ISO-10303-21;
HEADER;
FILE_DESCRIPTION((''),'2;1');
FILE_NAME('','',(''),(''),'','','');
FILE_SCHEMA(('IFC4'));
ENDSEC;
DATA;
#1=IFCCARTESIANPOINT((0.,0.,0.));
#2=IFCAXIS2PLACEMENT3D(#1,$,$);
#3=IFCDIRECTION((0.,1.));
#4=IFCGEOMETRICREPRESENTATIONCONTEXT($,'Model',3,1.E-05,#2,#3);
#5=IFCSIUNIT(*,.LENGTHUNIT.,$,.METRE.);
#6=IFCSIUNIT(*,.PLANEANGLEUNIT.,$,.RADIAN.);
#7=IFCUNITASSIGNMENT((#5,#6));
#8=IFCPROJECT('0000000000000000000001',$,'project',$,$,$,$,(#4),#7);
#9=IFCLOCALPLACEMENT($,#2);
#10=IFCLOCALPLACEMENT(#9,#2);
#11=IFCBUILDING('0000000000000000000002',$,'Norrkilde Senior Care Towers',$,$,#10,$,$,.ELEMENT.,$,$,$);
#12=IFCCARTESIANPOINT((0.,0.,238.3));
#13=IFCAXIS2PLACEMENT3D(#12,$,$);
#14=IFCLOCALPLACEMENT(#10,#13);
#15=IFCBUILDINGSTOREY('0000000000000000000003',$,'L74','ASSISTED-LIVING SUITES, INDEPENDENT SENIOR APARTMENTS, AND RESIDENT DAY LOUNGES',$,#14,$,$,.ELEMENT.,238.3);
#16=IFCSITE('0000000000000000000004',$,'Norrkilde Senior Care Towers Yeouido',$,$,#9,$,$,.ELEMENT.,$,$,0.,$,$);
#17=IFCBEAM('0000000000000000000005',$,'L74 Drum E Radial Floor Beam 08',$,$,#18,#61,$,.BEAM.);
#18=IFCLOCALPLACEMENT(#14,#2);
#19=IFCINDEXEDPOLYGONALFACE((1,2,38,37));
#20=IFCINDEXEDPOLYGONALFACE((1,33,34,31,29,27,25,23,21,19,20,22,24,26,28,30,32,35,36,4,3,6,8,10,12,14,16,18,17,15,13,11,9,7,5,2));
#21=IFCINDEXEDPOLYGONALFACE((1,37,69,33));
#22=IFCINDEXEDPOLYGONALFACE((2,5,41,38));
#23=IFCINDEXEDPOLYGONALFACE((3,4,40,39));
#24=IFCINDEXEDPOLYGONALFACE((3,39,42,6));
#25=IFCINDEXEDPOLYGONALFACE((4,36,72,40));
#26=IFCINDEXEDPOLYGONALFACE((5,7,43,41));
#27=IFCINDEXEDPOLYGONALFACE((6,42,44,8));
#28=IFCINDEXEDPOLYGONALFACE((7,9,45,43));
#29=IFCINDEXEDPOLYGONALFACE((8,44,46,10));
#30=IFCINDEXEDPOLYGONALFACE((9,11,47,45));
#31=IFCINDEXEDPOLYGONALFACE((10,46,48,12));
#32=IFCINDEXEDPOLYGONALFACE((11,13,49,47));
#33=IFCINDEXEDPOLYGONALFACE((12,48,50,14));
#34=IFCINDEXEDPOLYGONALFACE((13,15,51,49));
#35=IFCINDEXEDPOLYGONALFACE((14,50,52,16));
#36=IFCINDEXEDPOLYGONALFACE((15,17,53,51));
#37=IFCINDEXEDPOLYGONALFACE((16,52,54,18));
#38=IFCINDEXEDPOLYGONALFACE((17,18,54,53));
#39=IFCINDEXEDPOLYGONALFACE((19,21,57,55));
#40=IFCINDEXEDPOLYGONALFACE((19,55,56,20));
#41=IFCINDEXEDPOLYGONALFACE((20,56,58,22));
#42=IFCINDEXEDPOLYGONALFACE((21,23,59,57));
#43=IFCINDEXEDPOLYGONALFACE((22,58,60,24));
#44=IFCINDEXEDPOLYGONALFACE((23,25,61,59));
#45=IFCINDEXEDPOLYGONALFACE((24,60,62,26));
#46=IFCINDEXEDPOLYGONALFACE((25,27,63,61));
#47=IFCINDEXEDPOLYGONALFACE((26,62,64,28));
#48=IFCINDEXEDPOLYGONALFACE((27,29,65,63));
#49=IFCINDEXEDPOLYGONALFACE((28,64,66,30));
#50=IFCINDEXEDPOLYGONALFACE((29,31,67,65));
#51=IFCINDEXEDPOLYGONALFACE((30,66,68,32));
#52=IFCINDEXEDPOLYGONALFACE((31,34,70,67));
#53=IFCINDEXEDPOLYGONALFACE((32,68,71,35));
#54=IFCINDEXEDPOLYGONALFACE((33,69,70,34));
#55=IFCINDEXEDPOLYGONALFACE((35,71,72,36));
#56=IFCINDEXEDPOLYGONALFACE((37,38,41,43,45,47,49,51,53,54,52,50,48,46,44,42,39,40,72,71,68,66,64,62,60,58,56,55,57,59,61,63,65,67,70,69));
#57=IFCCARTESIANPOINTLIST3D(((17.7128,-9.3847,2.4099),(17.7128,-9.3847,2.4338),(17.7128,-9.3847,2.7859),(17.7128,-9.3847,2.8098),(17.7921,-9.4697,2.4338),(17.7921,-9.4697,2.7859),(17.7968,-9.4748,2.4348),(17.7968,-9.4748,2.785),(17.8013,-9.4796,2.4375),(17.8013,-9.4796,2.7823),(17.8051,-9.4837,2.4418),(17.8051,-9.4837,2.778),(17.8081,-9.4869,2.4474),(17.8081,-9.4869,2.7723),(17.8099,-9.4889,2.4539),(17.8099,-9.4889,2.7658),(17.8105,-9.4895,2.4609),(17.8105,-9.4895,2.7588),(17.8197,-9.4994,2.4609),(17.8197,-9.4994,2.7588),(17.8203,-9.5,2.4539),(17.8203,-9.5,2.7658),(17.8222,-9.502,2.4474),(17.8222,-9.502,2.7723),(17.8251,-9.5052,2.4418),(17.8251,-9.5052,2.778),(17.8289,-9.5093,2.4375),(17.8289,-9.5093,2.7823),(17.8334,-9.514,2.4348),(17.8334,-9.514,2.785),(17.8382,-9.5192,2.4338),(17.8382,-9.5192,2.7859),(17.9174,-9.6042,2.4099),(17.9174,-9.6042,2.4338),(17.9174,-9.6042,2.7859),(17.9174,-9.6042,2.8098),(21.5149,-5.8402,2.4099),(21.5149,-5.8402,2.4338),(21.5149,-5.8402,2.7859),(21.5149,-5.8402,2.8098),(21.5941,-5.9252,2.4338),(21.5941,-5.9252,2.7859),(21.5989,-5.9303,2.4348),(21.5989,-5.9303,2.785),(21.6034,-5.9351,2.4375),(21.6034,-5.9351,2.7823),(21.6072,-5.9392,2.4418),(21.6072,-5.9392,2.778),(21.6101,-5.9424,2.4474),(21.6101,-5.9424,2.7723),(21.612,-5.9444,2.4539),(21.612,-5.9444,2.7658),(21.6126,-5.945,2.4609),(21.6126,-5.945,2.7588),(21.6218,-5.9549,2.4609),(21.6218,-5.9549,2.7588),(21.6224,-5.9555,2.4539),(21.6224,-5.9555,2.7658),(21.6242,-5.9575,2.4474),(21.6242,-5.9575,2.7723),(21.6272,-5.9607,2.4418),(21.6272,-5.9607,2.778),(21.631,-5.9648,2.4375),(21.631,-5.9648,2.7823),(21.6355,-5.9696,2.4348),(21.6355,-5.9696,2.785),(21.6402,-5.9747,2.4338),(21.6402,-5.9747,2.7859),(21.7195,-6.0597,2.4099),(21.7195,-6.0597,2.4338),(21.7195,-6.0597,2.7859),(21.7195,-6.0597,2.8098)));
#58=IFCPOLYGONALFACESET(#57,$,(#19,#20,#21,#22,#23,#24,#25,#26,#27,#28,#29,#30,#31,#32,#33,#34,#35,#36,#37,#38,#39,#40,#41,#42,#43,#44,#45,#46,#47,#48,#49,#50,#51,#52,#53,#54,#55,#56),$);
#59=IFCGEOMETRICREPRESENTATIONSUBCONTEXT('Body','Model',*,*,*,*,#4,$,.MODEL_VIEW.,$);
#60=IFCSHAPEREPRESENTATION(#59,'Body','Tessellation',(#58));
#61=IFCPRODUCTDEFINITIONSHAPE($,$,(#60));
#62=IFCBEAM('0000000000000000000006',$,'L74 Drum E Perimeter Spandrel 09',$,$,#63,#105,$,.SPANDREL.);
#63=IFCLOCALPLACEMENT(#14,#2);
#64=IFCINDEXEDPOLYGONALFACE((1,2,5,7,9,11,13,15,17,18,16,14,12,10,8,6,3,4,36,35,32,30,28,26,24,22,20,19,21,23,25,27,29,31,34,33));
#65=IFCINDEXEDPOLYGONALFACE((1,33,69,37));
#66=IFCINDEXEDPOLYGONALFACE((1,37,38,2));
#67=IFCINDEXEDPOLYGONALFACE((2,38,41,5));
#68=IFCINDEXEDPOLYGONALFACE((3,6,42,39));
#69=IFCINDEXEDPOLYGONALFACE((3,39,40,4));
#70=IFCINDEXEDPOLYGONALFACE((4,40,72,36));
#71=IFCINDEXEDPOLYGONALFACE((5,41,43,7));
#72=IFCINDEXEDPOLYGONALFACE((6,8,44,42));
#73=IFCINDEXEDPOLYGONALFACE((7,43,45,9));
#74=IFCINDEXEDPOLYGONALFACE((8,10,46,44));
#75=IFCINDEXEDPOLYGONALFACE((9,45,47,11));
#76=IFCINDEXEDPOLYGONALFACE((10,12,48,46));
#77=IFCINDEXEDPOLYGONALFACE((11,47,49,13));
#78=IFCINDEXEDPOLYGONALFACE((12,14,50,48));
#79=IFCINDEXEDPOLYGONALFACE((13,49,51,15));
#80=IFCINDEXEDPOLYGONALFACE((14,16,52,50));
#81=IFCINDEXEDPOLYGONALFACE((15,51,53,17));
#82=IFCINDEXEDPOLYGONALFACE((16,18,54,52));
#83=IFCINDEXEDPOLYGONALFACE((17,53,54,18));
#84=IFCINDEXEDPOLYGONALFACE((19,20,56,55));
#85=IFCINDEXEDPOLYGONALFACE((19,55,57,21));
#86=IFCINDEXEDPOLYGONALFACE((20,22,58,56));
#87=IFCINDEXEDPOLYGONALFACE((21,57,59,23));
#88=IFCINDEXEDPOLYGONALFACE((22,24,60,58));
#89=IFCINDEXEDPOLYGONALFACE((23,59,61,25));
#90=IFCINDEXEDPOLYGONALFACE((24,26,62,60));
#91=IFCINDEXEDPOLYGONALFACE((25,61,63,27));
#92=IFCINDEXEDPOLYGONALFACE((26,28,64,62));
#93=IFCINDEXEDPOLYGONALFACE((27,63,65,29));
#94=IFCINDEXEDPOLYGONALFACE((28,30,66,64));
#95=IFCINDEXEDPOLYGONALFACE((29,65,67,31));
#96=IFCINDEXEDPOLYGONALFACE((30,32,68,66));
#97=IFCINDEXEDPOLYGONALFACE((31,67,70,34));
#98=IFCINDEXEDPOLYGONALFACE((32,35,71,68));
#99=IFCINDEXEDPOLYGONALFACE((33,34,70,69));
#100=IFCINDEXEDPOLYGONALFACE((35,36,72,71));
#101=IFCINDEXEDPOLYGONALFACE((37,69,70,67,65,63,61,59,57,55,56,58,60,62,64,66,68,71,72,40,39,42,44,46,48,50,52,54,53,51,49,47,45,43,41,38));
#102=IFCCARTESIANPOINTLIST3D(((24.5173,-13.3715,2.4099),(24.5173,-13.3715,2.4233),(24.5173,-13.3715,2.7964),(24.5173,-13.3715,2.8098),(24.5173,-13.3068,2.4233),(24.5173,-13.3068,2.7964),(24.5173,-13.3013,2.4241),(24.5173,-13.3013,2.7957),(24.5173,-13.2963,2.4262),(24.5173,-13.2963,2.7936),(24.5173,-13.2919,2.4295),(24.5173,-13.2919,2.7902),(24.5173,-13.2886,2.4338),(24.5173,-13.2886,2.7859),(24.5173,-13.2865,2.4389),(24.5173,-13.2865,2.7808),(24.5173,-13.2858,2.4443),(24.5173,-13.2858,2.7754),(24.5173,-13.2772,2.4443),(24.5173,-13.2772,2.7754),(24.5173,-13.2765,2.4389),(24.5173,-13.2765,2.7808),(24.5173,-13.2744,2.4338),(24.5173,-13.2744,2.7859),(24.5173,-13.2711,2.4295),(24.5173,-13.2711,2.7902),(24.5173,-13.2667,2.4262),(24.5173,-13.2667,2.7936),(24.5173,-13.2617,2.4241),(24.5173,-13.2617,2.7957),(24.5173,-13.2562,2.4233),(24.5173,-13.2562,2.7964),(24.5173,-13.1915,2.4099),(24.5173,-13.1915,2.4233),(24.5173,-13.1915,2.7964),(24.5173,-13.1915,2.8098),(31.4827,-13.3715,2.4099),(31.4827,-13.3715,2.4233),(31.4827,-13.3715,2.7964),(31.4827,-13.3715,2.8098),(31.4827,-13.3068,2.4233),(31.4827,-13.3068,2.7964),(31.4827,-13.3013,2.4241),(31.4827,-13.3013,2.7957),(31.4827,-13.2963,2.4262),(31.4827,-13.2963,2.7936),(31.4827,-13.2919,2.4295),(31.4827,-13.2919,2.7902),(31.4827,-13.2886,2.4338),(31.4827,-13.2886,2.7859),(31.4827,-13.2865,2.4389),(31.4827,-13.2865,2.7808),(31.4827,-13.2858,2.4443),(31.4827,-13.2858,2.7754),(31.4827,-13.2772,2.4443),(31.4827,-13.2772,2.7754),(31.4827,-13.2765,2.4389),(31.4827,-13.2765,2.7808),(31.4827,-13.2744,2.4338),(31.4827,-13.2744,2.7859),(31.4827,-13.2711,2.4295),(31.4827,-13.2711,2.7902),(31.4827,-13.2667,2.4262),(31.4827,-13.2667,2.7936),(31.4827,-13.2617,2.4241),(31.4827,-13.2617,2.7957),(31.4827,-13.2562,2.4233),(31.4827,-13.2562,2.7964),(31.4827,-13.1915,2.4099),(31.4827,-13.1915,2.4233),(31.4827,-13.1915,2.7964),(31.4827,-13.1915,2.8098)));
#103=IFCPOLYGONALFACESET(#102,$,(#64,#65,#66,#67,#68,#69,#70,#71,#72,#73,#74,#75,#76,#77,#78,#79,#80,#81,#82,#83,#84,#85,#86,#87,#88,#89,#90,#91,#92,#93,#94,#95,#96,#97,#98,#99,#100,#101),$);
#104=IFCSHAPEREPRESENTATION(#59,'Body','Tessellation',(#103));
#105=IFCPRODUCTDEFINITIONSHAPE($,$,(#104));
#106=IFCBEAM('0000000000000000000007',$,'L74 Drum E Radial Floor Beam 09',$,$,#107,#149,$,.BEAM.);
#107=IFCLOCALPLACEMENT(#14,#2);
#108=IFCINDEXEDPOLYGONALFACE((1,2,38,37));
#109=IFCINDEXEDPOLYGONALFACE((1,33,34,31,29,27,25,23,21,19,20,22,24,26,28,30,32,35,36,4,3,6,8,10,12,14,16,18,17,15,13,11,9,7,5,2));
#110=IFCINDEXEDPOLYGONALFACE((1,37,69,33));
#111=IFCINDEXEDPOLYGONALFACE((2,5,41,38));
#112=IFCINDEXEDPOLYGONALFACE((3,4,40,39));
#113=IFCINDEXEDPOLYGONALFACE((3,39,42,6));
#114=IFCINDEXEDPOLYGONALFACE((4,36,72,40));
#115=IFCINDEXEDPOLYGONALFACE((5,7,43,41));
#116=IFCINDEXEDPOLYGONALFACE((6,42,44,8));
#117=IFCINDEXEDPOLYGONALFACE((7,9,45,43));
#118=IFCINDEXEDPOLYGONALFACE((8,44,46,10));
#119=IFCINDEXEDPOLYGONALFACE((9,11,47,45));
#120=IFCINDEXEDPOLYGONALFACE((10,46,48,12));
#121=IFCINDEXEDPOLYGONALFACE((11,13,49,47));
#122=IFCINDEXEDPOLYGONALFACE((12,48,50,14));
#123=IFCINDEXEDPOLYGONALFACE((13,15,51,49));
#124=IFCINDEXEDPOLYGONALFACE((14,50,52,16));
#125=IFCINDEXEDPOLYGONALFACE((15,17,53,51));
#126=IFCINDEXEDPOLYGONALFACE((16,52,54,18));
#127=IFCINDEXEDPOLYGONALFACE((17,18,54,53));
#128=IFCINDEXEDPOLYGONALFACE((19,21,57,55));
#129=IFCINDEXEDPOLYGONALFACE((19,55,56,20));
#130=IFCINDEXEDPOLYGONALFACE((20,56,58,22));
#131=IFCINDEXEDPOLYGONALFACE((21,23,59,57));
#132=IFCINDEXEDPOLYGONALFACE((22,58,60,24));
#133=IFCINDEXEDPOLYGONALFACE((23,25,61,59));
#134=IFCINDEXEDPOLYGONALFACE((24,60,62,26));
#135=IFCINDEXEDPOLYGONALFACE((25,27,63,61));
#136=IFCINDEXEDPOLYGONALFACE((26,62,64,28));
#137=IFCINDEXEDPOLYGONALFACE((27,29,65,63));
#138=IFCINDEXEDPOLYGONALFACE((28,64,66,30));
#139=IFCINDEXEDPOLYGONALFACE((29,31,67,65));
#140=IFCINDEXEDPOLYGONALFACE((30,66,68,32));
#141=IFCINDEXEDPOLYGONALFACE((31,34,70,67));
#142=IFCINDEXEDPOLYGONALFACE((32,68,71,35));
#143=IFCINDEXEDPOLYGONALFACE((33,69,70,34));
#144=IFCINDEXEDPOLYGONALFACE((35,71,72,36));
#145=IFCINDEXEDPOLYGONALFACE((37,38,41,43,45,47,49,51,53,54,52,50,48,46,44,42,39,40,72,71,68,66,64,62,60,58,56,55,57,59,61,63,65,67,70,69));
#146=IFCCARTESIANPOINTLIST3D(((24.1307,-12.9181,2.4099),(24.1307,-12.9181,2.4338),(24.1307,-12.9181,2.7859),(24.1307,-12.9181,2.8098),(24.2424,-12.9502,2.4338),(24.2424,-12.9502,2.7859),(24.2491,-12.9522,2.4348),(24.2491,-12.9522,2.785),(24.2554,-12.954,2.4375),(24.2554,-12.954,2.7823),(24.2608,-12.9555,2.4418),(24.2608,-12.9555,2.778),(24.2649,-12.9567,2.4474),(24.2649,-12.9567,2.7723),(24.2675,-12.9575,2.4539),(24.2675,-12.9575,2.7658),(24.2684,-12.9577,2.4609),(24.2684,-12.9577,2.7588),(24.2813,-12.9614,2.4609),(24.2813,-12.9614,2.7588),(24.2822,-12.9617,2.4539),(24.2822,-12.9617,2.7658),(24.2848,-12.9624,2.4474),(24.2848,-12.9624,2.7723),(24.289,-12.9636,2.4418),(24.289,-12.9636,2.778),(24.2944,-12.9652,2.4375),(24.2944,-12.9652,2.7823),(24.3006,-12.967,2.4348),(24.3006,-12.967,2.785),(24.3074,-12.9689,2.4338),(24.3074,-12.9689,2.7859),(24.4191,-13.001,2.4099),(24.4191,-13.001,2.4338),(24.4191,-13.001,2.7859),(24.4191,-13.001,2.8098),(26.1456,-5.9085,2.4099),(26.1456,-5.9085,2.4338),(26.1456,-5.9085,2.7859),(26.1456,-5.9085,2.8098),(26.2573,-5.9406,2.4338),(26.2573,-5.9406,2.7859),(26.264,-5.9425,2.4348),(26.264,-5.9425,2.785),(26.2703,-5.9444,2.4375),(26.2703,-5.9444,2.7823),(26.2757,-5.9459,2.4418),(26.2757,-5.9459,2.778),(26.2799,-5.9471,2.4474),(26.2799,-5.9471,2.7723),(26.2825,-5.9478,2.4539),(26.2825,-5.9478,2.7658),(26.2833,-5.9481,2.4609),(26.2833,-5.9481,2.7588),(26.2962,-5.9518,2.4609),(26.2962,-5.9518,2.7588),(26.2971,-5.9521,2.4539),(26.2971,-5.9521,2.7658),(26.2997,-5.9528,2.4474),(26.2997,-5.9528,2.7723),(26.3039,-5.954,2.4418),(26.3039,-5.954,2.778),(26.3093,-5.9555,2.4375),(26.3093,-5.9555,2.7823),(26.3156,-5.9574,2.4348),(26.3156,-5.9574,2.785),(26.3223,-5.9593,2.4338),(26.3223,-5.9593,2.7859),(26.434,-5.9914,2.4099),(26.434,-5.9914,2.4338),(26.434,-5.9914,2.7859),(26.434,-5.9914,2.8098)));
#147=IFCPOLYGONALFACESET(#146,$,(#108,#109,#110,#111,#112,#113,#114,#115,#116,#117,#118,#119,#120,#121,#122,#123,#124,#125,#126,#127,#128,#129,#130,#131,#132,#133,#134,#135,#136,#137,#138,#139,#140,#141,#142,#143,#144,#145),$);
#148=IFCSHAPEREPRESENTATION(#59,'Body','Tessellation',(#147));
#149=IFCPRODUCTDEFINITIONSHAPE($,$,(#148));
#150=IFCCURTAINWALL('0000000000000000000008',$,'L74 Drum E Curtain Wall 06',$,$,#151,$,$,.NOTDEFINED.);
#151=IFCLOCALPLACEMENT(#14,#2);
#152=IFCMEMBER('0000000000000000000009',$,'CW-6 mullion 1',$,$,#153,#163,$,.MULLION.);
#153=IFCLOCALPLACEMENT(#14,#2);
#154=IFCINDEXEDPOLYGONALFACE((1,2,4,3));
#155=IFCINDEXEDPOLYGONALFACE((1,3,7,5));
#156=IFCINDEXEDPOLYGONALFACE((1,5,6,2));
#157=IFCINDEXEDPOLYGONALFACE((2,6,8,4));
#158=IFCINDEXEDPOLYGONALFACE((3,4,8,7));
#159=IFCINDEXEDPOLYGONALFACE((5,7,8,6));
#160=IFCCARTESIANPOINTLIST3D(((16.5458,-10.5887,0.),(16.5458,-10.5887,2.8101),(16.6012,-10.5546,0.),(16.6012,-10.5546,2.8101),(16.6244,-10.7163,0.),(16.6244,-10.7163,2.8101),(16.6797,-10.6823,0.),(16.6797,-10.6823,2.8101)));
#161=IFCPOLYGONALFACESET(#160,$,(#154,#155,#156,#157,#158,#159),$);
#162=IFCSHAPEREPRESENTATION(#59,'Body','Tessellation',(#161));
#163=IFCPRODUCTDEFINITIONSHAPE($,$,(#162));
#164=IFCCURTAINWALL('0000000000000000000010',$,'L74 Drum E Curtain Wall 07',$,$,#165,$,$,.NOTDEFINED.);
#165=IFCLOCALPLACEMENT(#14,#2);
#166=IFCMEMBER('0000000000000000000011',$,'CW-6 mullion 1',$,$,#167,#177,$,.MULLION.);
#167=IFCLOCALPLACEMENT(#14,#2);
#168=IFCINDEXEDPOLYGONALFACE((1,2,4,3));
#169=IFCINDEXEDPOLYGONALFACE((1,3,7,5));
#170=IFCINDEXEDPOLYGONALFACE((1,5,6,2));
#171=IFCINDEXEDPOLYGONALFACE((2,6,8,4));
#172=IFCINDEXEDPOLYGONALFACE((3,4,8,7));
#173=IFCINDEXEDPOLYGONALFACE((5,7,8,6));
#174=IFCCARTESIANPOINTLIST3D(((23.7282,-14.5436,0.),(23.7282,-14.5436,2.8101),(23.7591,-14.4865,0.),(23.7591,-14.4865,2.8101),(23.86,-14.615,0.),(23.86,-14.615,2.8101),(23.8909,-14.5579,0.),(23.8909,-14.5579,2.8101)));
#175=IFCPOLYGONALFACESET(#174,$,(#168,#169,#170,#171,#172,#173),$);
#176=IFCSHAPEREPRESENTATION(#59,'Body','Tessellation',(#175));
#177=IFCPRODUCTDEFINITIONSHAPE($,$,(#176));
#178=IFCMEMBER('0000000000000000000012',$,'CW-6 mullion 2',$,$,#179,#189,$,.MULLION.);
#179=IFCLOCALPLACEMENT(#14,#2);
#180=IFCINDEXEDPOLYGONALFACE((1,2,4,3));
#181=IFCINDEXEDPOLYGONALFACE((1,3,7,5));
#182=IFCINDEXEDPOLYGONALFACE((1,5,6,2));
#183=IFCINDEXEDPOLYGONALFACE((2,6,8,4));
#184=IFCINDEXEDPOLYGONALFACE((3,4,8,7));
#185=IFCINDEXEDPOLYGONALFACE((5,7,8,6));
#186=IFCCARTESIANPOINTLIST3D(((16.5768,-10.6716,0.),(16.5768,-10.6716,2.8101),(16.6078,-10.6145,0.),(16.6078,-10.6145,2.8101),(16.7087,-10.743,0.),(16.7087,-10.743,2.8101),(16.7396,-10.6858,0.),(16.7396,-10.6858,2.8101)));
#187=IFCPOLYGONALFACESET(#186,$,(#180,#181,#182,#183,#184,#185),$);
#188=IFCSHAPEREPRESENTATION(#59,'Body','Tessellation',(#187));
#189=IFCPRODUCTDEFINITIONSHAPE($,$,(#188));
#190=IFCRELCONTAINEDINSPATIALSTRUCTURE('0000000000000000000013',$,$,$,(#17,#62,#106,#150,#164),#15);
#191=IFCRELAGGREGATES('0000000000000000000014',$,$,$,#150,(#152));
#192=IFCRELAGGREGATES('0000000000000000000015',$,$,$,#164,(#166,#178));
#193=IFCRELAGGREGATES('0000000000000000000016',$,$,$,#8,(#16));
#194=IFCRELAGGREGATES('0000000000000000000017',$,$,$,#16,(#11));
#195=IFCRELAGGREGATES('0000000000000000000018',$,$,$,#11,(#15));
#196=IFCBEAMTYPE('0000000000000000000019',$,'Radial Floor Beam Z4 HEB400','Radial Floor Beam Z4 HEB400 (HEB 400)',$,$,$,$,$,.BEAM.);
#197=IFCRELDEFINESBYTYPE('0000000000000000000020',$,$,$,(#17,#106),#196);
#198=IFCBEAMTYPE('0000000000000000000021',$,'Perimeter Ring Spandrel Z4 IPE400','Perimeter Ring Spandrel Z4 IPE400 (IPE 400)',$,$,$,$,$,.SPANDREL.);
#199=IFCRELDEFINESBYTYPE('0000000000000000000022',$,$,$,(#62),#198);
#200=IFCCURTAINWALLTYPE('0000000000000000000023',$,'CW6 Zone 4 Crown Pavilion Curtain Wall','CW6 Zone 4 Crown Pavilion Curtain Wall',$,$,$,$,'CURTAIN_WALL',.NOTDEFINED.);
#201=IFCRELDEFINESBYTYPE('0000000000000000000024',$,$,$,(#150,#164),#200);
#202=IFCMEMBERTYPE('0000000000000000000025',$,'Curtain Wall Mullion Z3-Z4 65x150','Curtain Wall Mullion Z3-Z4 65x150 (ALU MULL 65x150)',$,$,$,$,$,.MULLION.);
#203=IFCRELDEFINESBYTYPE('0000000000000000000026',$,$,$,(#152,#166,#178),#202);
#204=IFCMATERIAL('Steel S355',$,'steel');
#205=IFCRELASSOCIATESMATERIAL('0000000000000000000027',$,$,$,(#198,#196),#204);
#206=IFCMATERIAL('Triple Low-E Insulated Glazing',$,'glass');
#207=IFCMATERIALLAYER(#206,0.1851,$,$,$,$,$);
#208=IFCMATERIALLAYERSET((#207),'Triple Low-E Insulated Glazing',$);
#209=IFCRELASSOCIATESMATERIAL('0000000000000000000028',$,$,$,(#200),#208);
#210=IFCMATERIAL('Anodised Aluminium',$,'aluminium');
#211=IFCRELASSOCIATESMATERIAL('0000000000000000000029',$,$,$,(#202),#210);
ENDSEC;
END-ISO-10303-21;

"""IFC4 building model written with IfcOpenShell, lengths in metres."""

from ifc_helpers import new_model, si_unit, direction, frame, origin, origin_2d, place, context, subcontext, project, spatial, rectangle, i_section, extrude, source, transform, mapped, material, layer, layer_set, material_profile, profile_set, type_object, type_shapes, element, aggregate, save


model = new_model("IFC4")

# Units and contexts
model_context = context("Model", 3, precision=1e-05, world=origin(), true_north=direction((0.0, 1.0)))
body_context = subcontext(model_context, "Body", "Model", "MODEL_VIEW")
ifc_project = project(units=[si_unit("LENGTHUNIT", "METRE"), si_unit("PLANEANGLEUNIT", "RADIAN")], contexts=[model_context])

# Site, building, storey
site_placement = place(None, origin())
site = spatial("IfcSite", under=ifc_project, at=site_placement, Name="Norrkilde Senior Care Towers Yeouido", CompositionType="ELEMENT", RefElevation=0.0)
building_placement = place(site_placement, origin())
building = spatial("IfcBuilding", under=site, at=building_placement, Name="Norrkilde Senior Care Towers", CompositionType="ELEMENT")
storey_placement = place(building_placement, frame((0.0, 0.0, 238.3)))
storey = spatial("IfcBuildingStorey", under=building, at=storey_placement, Name="L74", Description="ASSISTED-LIVING SUITES, INDEPENDENT SENIOR APARTMENTS, AND RESIDENT DAY LOUNGES", CompositionType="ELEMENT", Elevation=238.3)

# Beams
ifc_material_1 = material(Name="Steel S355", Category="steel")
ifc_material_profile_1 = material_profile(ifc_material_1, i_section(OverallWidth=0.1799, OverallDepth=0.3999, WebThickness=0.0085, FlangeThickness=0.0134, FilletRadius=0.021, at=origin_2d()), Name="IPE 400")
ifc_profile_set_1 = profile_set([ifc_material_profile_1], Name="Steel S355")
beam_type_1 = type_object("IfcBeamType", Name="Perimeter Ring Spandrel Z4 IPE400", Description="Perimeter Ring Spandrel Z4 IPE400 (IPE 400)", PredefinedType="SPANDREL", material=ifc_profile_set_1)
ifc_material_profile_2 = material_profile(ifc_material_1, i_section(OverallWidth=0.3, OverallDepth=0.3999, WebThickness=0.0134, FlangeThickness=0.0239, FilletRadius=0.0271, at=origin_2d()), Name="HEB 400")
ifc_profile_set_2 = profile_set([ifc_material_profile_2], Name="Steel S355")
beam_type_2 = type_object("IfcBeamType", Name="Radial Floor Beam Z4 HEB400", Description="Radial Floor Beam Z4 HEB400 (HEB 400)", PredefinedType="BEAM", material=ifc_profile_set_2)
shared_shape_1 = source(origin(), body_context, "Body", "SweptSolid", [
    extrude(i_section(OverallWidth=0.3, OverallDepth=0.3999, WebThickness=0.0134, FlangeThickness=0.0239, FilletRadius=0.0271, at=origin_2d()), origin(), (0.0, 0.0, 1.0), 5.198),
])
beam_1_placement = place(storey_placement, frame((21.6172, -5.95, 2.6099), z_axis=(-0.731449, -0.681896, 0.0), x_axis=(0.681896, -0.731449, 0.0)))
element("IfcBeam", 1, at=beam_1_placement, inside=storey, type_object=beam_type_2, Name="L74 Drum E Radial Floor Beam 08", PredefinedType="BEAM", context=body_context, shape_type="MappedRepresentation", body=[
    mapped(shared_shape_1, transform((0.0, 0.0, 0.0), x_axis=(1.0, 0.0, 0.0), y_axis=(0.0, 1.0, 0.0), z_axis=(0.0, 0.0, 1.0), scale=1.0)),
])
shared_shape_2 = source(origin(), body_context, "Body", "SweptSolid", [
    extrude(i_section(OverallWidth=0.1799, OverallDepth=0.3999, WebThickness=0.0085, FlangeThickness=0.0134, FilletRadius=0.021, at=origin_2d()), origin(), (0.0, 0.0, 1.0), 6.9653),
])
beam_2_placement = place(storey_placement, frame((24.5173, -13.2815, 2.6099), z_axis=(1.0, 0.0, 0.0), x_axis=(0.0, 1.0, 0.0)))
element("IfcBeam", 2, at=beam_2_placement, inside=storey, type_object=beam_type_1, Name="L74 Drum E Perimeter Spandrel 09", PredefinedType="SPANDREL", context=body_context, shape_type="MappedRepresentation", body=[
    mapped(shared_shape_2, transform((0.0, 0.0, 0.0), x_axis=(1.0, 0.0, 0.0), y_axis=(0.0, 1.0, 0.0), z_axis=(0.0, 0.0, 1.0), scale=1.0)),
])
shared_shape_3 = source(origin(), body_context, "Body", "SweptSolid", [
    extrude(i_section(OverallWidth=0.3, OverallDepth=0.3999, WebThickness=0.0134, FlangeThickness=0.0239, FilletRadius=0.0271, at=origin_2d()), origin(), (0.0, 0.0, 1.0), 7.2935),
])
type_shapes(beam_type_2, [shared_shape_1, shared_shape_3])
beam_3_placement = place(storey_placement, frame((26.2898, -5.95, 2.6099), z_axis=(-0.276264, -0.961082, 0.0), x_axis=(0.961082, -0.276264, 0.0)))
element("IfcBeam", 3, at=beam_3_placement, inside=storey, type_object=beam_type_2, Name="L74 Drum E Radial Floor Beam 09", PredefinedType="BEAM", context=body_context, shape_type="MappedRepresentation", body=[
    mapped(shared_shape_3, transform((0.0, 0.0, 0.0), x_axis=(1.0, 0.0, 0.0), y_axis=(0.0, 1.0, 0.0), z_axis=(0.0, 0.0, 1.0), scale=1.0)),
])

# Curtain wall, member
ifc_material_2 = material(Name="Triple Low-E Insulated Glazing", Category="glass")
ifc_layer_1 = layer(ifc_material_2, 0.1851)
ifc_layer_set_1 = layer_set([ifc_layer_1], Name="Triple Low-E Insulated Glazing")
curtain_wall_type = type_object("IfcCurtainWallType", Name="CW6 Zone 4 Crown Pavilion Curtain Wall", Description="CW6 Zone 4 Crown Pavilion Curtain Wall", ElementType="CURTAIN_WALL", PredefinedType="NOTDEFINED", material=ifc_layer_set_1)
curtain_wall_1_placement = place(storey_placement, origin())
curtain_wall_1 = element("IfcCurtainWall", 4, at=curtain_wall_1_placement, inside=storey, type_object=curtain_wall_type, Name="L74 Drum E Curtain Wall 06", PredefinedType="NOTDEFINED")
ifc_material_3 = material(Name="Anodised Aluminium", Category="aluminium")
ifc_material_profile_3 = material_profile(ifc_material_3, rectangle(XDim=0.0649, YDim=0.1499, at=origin_2d()), Name="ALU MULL 65x150")
ifc_profile_set_3 = profile_set([ifc_material_profile_3], Name="Anodised Aluminium")
member_type_1 = type_object("IfcMemberType", Name="Curtain Wall Mullion Z3-Z4 65x150", Description="Curtain Wall Mullion Z3-Z4 65x150 (ALU MULL 65x150)", PredefinedType="MULLION", material=ifc_profile_set_3)
shared_shape_4 = source(origin(), body_context, "Body", "SweptSolid", [
    extrude(rectangle(XDim=0.0649, YDim=0.1499, at=origin_2d()), origin(), (0.0, 0.0, 1.0), 2.8101),
])
type_shapes(member_type_1, [shared_shape_4])
member_1_placement = place(storey_placement, frame((16.6128, -10.6355, 0.0), z_axis=(0.0, 0.0, 1.0), x_axis=(-0.851563, -0.524253, 0.0)))
member_1 = element("IfcMember", 5, at=member_1_placement, type_object=member_type_1, Name="CW-6 mullion 1", PredefinedType="MULLION", context=body_context, shape_type="MappedRepresentation", body=[
    mapped(shared_shape_4, transform((0.0, 0.0, 0.0), x_axis=(1.0, 0.0, 0.0), y_axis=(0.0, 1.0, 0.0), z_axis=(0.0, 0.0, 1.0), scale=1.0)),
])

# Curtain wall, members
curtain_wall_2_placement = place(storey_placement, origin())
curtain_wall_2 = element("IfcCurtainWall", 6, at=curtain_wall_2_placement, inside=storey, type_object=curtain_wall_type, Name="L74 Drum E Curtain Wall 07", PredefinedType="NOTDEFINED")
member_2_placement = place(storey_placement, frame((23.8096, -14.5508, 0.0), z_axis=(0.0, 0.0, 1.0), x_axis=(-0.476133, -0.879373, 0.0)))
member_2 = element("IfcMember", 7, at=member_2_placement, type_object=member_type_1, Name="CW-6 mullion 1", PredefinedType="MULLION", context=body_context, shape_type="MappedRepresentation", body=[
    mapped(shared_shape_4, transform((0.0, 0.0, 0.0), x_axis=(1.0, 0.0, 0.0), y_axis=(0.0, 1.0, 0.0), z_axis=(0.0, 0.0, 1.0), scale=1.0)),
])
member_3_placement = place(storey_placement, frame((16.6582, -10.6787, 0.0), z_axis=(0.0, 0.0, 1.0), x_axis=(-0.476133, -0.879373, 0.0)))
member_3 = element("IfcMember", 8, at=member_3_placement, type_object=member_type_1, Name="CW-6 mullion 2", PredefinedType="MULLION", context=body_context, shape_type="MappedRepresentation", body=[
    mapped(shared_shape_4, transform((0.0, 0.0, 0.0), x_axis=(1.0, 0.0, 0.0), y_axis=(0.0, 1.0, 0.0), z_axis=(0.0, 0.0, 1.0), scale=1.0)),
])

aggregate(curtain_wall_1, [member_1])
aggregate(curtain_wall_2, [member_2, member_3])

save(model, "model.ifc")
